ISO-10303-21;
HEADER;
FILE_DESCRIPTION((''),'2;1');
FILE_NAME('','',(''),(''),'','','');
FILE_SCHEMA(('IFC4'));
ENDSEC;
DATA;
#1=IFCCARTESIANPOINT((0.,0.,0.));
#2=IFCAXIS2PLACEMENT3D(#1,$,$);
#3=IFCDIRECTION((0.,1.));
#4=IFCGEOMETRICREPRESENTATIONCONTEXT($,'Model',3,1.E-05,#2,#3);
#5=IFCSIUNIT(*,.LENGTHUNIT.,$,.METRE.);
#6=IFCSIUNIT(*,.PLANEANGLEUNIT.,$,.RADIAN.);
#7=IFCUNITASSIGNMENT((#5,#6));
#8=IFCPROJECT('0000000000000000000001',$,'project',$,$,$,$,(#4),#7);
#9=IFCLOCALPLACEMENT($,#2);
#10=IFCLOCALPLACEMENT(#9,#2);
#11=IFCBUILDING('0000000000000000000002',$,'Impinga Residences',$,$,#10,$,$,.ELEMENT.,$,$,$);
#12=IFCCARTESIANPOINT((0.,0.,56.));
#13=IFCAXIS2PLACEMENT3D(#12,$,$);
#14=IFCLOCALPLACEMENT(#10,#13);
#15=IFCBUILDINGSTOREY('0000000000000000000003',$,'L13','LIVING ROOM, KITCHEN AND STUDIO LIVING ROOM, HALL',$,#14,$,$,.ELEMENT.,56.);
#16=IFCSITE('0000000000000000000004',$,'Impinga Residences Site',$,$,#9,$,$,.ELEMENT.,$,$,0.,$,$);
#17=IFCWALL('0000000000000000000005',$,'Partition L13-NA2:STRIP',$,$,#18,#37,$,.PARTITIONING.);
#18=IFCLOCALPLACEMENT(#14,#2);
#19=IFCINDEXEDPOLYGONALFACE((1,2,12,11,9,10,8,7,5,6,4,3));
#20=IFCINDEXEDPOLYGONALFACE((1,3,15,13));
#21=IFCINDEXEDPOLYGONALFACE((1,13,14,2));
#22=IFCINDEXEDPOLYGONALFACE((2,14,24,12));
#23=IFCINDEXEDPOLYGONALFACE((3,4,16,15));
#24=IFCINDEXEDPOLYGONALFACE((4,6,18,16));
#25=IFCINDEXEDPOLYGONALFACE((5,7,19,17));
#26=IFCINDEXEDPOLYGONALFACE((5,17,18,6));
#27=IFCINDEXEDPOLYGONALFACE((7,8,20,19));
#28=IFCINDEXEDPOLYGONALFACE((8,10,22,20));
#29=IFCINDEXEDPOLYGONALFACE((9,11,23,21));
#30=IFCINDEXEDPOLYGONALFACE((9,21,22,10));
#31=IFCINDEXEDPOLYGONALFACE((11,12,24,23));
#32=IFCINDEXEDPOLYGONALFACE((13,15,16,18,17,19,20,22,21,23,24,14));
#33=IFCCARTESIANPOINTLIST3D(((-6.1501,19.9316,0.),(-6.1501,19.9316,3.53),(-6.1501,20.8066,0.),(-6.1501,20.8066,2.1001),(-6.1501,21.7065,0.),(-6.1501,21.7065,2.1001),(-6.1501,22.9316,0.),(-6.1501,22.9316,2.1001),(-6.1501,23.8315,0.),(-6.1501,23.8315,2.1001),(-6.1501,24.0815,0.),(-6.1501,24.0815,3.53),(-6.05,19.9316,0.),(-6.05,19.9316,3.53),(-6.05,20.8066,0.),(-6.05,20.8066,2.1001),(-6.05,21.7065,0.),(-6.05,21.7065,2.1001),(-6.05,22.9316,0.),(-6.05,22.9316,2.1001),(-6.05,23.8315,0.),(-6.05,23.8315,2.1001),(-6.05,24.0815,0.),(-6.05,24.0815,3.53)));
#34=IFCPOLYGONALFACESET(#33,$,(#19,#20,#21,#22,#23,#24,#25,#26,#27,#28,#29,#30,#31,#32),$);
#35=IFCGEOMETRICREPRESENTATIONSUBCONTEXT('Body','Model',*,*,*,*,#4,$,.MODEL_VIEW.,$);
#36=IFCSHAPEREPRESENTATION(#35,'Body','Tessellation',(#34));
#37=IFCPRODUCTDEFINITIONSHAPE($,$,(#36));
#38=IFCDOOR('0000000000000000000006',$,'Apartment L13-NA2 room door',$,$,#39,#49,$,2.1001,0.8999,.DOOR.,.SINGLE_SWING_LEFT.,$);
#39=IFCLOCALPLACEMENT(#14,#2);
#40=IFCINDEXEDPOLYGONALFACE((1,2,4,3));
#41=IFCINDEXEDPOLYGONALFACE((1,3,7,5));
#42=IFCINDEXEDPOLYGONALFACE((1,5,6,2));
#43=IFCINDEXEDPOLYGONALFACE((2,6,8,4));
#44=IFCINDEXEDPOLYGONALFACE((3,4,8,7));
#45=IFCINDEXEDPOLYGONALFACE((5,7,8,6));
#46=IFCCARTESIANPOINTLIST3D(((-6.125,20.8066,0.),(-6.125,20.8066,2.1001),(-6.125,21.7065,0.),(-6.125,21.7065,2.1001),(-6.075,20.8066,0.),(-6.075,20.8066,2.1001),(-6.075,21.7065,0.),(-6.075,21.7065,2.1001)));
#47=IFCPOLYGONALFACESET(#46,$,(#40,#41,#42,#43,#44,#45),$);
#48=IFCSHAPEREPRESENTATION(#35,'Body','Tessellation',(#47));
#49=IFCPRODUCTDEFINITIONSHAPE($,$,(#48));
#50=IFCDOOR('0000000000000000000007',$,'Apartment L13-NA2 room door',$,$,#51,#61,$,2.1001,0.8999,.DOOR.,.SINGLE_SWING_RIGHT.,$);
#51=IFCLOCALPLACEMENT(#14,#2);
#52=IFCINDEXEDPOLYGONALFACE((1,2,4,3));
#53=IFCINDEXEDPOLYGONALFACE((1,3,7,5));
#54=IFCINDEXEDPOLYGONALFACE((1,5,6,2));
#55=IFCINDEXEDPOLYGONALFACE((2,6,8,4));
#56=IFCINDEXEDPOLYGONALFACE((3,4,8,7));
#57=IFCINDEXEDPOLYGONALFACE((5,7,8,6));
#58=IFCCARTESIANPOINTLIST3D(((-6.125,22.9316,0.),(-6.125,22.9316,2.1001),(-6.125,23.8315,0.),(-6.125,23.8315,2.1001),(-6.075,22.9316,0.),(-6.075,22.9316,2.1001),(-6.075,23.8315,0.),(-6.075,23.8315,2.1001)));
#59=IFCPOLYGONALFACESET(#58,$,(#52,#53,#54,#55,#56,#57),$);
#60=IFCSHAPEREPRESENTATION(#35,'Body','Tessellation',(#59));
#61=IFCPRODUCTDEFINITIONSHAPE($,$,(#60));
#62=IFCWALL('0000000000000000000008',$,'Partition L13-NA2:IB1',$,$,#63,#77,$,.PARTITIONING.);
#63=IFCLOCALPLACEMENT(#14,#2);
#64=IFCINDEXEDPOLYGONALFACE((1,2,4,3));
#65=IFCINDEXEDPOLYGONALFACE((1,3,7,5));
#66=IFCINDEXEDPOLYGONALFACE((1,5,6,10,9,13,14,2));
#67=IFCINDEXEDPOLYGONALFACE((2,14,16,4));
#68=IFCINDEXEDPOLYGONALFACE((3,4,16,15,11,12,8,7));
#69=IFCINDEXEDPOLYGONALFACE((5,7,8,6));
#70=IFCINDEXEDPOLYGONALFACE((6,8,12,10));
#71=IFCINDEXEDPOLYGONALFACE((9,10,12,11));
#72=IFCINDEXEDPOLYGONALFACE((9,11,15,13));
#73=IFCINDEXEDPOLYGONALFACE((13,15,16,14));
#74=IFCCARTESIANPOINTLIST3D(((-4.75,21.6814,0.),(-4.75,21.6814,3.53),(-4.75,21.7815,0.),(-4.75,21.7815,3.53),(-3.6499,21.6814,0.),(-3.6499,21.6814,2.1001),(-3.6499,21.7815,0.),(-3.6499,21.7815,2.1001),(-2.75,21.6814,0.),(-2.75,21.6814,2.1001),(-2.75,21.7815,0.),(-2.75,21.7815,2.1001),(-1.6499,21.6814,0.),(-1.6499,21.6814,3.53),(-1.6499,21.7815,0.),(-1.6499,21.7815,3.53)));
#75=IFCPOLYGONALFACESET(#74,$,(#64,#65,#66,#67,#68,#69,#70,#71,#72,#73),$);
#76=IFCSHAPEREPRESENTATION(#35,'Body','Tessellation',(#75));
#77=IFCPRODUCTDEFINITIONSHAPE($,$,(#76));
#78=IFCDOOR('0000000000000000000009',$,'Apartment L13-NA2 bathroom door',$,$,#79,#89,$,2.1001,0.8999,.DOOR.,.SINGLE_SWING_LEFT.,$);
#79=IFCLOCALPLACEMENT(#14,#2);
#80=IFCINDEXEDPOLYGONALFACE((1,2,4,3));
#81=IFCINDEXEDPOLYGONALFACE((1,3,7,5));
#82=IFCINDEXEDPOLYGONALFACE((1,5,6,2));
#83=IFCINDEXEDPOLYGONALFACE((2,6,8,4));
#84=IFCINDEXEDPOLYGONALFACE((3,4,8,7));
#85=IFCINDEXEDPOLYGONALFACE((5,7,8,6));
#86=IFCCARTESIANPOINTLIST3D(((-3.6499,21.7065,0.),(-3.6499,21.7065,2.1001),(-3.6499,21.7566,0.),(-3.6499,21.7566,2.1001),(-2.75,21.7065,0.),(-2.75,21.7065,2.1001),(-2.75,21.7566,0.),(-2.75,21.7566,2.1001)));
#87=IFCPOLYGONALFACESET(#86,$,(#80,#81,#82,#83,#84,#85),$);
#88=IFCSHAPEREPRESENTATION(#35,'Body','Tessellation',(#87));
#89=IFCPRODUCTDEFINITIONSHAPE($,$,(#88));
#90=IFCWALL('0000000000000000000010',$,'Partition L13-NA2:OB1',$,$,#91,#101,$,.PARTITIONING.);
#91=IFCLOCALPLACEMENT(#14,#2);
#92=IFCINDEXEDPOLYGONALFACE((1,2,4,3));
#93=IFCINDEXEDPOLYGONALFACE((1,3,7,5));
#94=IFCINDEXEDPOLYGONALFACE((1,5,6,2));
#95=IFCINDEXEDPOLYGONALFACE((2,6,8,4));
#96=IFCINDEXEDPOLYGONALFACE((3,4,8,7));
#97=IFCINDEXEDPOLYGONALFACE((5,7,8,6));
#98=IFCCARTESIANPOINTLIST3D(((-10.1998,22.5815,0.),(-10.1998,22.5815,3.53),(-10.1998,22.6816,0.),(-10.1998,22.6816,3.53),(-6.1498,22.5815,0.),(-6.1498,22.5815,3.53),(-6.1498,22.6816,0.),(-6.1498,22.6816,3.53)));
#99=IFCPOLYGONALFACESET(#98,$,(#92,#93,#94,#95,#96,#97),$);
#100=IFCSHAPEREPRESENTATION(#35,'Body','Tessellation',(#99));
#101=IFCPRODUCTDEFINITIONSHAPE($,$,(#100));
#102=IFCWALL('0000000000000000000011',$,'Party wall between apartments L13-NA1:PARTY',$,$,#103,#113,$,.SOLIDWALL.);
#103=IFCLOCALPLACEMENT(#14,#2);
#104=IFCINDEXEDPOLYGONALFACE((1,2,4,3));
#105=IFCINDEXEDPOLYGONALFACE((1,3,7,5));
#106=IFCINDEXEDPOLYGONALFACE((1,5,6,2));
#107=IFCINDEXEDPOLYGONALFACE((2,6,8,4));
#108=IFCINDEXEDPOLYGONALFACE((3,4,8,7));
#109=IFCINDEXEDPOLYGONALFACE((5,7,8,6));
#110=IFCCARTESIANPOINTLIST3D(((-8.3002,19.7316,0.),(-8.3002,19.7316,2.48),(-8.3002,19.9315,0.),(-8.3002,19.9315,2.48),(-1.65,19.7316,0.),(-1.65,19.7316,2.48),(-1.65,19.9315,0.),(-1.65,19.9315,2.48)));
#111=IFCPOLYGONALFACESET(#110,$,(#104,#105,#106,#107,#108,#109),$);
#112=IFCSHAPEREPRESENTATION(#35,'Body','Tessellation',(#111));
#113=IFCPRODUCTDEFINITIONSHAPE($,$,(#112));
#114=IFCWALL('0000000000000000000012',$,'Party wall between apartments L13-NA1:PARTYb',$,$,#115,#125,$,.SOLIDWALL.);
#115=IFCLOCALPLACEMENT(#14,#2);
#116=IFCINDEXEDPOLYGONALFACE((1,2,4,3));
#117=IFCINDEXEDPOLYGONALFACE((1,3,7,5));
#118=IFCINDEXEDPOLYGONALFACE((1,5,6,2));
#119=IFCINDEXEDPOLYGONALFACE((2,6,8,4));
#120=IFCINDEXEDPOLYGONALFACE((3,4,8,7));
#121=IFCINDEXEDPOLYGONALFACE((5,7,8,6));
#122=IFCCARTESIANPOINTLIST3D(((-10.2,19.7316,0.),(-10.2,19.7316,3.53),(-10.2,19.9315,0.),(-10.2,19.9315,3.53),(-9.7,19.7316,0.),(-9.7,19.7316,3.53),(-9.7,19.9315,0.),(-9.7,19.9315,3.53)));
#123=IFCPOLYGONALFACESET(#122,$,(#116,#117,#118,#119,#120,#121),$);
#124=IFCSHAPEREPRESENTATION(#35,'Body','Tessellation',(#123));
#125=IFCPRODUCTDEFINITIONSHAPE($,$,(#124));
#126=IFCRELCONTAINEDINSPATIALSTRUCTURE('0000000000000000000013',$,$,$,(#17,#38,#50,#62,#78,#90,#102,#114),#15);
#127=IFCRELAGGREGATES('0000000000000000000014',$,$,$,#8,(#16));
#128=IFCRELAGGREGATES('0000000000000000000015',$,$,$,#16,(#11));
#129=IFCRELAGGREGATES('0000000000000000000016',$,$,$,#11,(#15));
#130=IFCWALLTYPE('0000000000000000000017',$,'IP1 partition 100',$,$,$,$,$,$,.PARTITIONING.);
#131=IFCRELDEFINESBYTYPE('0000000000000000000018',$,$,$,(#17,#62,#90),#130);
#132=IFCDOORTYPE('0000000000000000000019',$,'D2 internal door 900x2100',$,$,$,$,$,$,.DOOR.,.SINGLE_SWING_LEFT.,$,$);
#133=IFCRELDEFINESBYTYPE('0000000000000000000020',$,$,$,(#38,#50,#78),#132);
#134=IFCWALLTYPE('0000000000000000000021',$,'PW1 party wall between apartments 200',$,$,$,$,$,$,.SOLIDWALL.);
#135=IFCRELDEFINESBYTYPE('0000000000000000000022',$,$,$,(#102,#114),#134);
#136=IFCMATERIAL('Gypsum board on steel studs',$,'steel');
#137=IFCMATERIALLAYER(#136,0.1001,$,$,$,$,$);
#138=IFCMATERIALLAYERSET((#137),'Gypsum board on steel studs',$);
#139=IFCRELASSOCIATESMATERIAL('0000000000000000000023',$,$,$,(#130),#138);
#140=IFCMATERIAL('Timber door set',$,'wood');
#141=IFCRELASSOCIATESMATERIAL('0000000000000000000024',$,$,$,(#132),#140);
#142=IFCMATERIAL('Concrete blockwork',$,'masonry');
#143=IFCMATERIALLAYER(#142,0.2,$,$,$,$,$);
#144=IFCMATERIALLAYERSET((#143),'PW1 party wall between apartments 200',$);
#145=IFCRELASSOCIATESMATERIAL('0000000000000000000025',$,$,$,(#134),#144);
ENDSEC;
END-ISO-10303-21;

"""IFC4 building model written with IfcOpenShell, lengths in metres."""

from ifc_helpers import new_model, si_unit, direction, frame, frame_2d, origin, place, context, subcontext, project, spatial, rectangle, extrude, material, layer, layer_set, type_object, element, fill, save


model = new_model("IFC4")

# Units and contexts
model_context = context("Model", 3, precision=1e-05, world=origin(), true_north=direction((0.0, 1.0)))
body_context = subcontext(model_context, "Body", "Model", "MODEL_VIEW")
ifc_project = project(units=[si_unit("LENGTHUNIT", "METRE"), si_unit("PLANEANGLEUNIT", "RADIAN")], contexts=[model_context])

# Site, building, storey
site_placement = place(None, origin())
site = spatial("IfcSite", under=ifc_project, at=site_placement, Name="Impinga Residences Site", CompositionType="ELEMENT", RefElevation=0.0)
building_placement = place(site_placement, origin())
building = spatial("IfcBuilding", under=site, at=building_placement, Name="Impinga Residences", CompositionType="ELEMENT")
storey_placement = place(building_placement, frame((0.0, 0.0, 56.0)))
storey = spatial("IfcBuildingStorey", under=building, at=storey_placement, Name="L13", Description="LIVING ROOM, KITCHEN AND STUDIO LIVING ROOM, HALL", CompositionType="ELEMENT", Elevation=56.0)

# Shared definitions
ifc_material_1 = material(Name="Gypsum board on steel studs", Category="steel")
ifc_layer_1 = layer(ifc_material_1, 0.1001)
ifc_layer_set_1 = layer_set([ifc_layer_1], Name="Gypsum board on steel studs")
wall_type_1 = type_object("IfcWallType", Name="IP1 partition 100", PredefinedType="PARTITIONING", material=ifc_layer_set_1)

# Shared definitions
ifc_material_2 = material(Name="Timber door set", Category="wood")
door_type = type_object("IfcDoorType", Name="D2 internal door 900x2100", OperationType="SINGLE_SWING_LEFT", PredefinedType="DOOR", material=ifc_material_2)

# Wall, openings, doors
wall_1_placement = place(storey_placement, frame((-6.1001, 19.9316, 0.0), z_axis=(0.0, 0.0, 1.0), x_axis=(0.0, 1.0, 0.0)))
wall_1 = element("IfcWall", 1, at=wall_1_placement, inside=storey, type_object=wall_type_1, Name="Partition L13-NA2:STRIP", PredefinedType="PARTITIONING", context=body_context, shape_type="SweptSolid", body=[
    extrude(rectangle(XDim=4.1499, YDim=0.1001, at=frame_2d((2.075, 0.0))), origin(), (0.0, 0.0, 1.0), 3.53),
])
opening_1_placement = place(wall_1_placement, frame((0.875, 0.0, 0.0)))
opening_1 = element("IfcOpeningElement", 2, at=opening_1_placement, cuts=wall_1, PredefinedType="OPENING", context=body_context, shape_type="SweptSolid", body=[
    extrude(rectangle(XDim=0.8999, YDim=2.1001, at=frame_2d((0.45, 1.05))), frame((0.0, 0.0601, 0.0), z_axis=(0.0, -1.0, 0.0), x_axis=(1.0, 0.0, 0.0)), (0.0, 0.0, 1.0), 0.1201),
])
opening_2_placement = place(wall_1_placement, frame((3.0, 0.0, 0.0)))
opening_2 = element("IfcOpeningElement", 3, at=opening_2_placement, cuts=wall_1, PredefinedType="OPENING", context=body_context, shape_type="SweptSolid", body=[
    extrude(rectangle(XDim=0.8999, YDim=2.1001, at=frame_2d((0.45, 1.05))), frame((0.0, 0.0601, 0.0), z_axis=(0.0, -1.0, 0.0), x_axis=(1.0, 0.0, 0.0)), (0.0, 0.0, 1.0), 0.1201),
])
door_1_placement = place(opening_1_placement, origin())
door_1 = element("IfcDoor", 4, at=door_1_placement, inside=storey, type_object=door_type, Name="Apartment L13-NA2 room door", OperationType="SINGLE_SWING_LEFT", OverallHeight=2.1001, OverallWidth=0.8999, PredefinedType="DOOR", context=body_context, shape_type="SweptSolid", body=[
    extrude(rectangle(XDim=0.8999, YDim=2.1001, at=frame_2d((0.45, 1.05))), frame((0.0, 0.0249, 0.0), z_axis=(0.0, -1.0, 0.0), x_axis=(1.0, 0.0, 0.0)), (0.0, 0.0, 1.0), 0.05),
])
fill(opening_1, door_1)
door_2_placement = place(opening_2_placement, origin())
door_2 = element("IfcDoor", 5, at=door_2_placement, inside=storey, type_object=door_type, Name="Apartment L13-NA2 room door", OperationType="SINGLE_SWING_RIGHT", OverallHeight=2.1001, OverallWidth=0.8999, PredefinedType="DOOR", context=body_context, shape_type="SweptSolid", body=[
    extrude(rectangle(XDim=0.8999, YDim=2.1001, at=frame_2d((0.45, 1.05))), frame((0.0, 0.0249, 0.0), z_axis=(0.0, -1.0, 0.0), x_axis=(1.0, 0.0, 0.0)), (0.0, 0.0, 1.0), 0.05),
])
fill(opening_2, door_2)

# Wall, opening, door
wall_2_placement = place(storey_placement, frame((-1.6499, 21.7314, 0.0), z_axis=(0.0, 0.0, 1.0), x_axis=(-1.0, 0.0, 0.0)))
wall_2 = element("IfcWall", 6, at=wall_2_placement, inside=storey, type_object=wall_type_1, Name="Partition L13-NA2:IB1", PredefinedType="PARTITIONING", context=body_context, shape_type="SweptSolid", body=[
    extrude(rectangle(XDim=3.1001, YDim=0.1001, at=frame_2d((1.55, 0.0))), origin(), (0.0, 0.0, 1.0), 3.53),
])
opening_3_placement = place(wall_2_placement, frame((1.1001, 0.0, 0.0)))
opening_3 = element("IfcOpeningElement", 7, at=opening_3_placement, cuts=wall_2, PredefinedType="OPENING", context=body_context, shape_type="SweptSolid", body=[
    extrude(rectangle(XDim=0.8999, YDim=2.1001, at=frame_2d((0.45, 1.05))), frame((0.0, 0.0601, 0.0), z_axis=(0.0, -1.0, 0.0), x_axis=(1.0, 0.0, 0.0)), (0.0, 0.0, 1.0), 0.1201),
])
door_3_placement = place(opening_3_placement, origin())
door_3 = element("IfcDoor", 8, at=door_3_placement, inside=storey, type_object=door_type, Name="Apartment L13-NA2 bathroom door", OperationType="SINGLE_SWING_LEFT", OverallHeight=2.1001, OverallWidth=0.8999, PredefinedType="DOOR", context=body_context, shape_type="SweptSolid", body=[
    extrude(rectangle(XDim=0.8999, YDim=2.1001, at=frame_2d((0.45, 1.05))), frame((0.0, 0.0249, 0.0), z_axis=(0.0, -1.0, 0.0), x_axis=(1.0, 0.0, 0.0)), (0.0, 0.0, 1.0), 0.05),
])
fill(opening_3, door_3)

# Walls
wall_3_placement = place(storey_placement, frame((-6.1499, 22.6316, 0.0), z_axis=(0.0, 0.0, 1.0), x_axis=(-1.0, 0.0, 0.0)))
element("IfcWall", 9, at=wall_3_placement, inside=storey, type_object=wall_type_1, Name="Partition L13-NA2:OB1", PredefinedType="PARTITIONING", context=body_context, shape_type="SweptSolid", body=[
    extrude(rectangle(XDim=4.05, YDim=0.1001, at=frame_2d((2.0249, 0.0))), origin(), (0.0, 0.0, 1.0), 3.53),
])
ifc_material_3 = material(Name="Concrete blockwork", Category="masonry")
ifc_layer_2 = layer(ifc_material_3, 0.2)
ifc_layer_set_2 = layer_set([ifc_layer_2], Name="PW1 party wall between apartments 200")
wall_type_2 = type_object("IfcWallType", Name="PW1 party wall between apartments 200", PredefinedType="SOLIDWALL", material=ifc_layer_set_2)
wall_4_placement = place(storey_placement, frame((-1.6499, 19.8315, 0.0), z_axis=(0.0, 0.0, 1.0), x_axis=(-1.0, 0.0, 0.0)))
element("IfcWall", 10, at=wall_4_placement, inside=storey, type_object=wall_type_2, Name="Party wall between apartments L13-NA1:PARTY", PredefinedType="SOLIDWALL", context=body_context, shape_type="SweptSolid", body=[
    extrude(rectangle(XDim=6.6501, YDim=0.2, at=frame_2d((3.3252, 0.0))), origin(), (0.0, 0.0, 1.0), 2.48),
])
wall_5_placement = place(storey_placement, frame((-9.7, 19.8315, 0.0), z_axis=(0.0, 0.0, 1.0), x_axis=(-1.0, 0.0, 0.0)))
element("IfcWall", 11, at=wall_5_placement, inside=storey, type_object=wall_type_2, Name="Party wall between apartments L13-NA1:PARTYb", PredefinedType="SOLIDWALL", context=body_context, shape_type="SweptSolid", body=[
    extrude(rectangle(XDim=0.5, YDim=0.2, at=frame_2d((0.25, 0.0))), origin(), (0.0, 0.0, 1.0), 3.53),
])

save(model, "model.ifc")
